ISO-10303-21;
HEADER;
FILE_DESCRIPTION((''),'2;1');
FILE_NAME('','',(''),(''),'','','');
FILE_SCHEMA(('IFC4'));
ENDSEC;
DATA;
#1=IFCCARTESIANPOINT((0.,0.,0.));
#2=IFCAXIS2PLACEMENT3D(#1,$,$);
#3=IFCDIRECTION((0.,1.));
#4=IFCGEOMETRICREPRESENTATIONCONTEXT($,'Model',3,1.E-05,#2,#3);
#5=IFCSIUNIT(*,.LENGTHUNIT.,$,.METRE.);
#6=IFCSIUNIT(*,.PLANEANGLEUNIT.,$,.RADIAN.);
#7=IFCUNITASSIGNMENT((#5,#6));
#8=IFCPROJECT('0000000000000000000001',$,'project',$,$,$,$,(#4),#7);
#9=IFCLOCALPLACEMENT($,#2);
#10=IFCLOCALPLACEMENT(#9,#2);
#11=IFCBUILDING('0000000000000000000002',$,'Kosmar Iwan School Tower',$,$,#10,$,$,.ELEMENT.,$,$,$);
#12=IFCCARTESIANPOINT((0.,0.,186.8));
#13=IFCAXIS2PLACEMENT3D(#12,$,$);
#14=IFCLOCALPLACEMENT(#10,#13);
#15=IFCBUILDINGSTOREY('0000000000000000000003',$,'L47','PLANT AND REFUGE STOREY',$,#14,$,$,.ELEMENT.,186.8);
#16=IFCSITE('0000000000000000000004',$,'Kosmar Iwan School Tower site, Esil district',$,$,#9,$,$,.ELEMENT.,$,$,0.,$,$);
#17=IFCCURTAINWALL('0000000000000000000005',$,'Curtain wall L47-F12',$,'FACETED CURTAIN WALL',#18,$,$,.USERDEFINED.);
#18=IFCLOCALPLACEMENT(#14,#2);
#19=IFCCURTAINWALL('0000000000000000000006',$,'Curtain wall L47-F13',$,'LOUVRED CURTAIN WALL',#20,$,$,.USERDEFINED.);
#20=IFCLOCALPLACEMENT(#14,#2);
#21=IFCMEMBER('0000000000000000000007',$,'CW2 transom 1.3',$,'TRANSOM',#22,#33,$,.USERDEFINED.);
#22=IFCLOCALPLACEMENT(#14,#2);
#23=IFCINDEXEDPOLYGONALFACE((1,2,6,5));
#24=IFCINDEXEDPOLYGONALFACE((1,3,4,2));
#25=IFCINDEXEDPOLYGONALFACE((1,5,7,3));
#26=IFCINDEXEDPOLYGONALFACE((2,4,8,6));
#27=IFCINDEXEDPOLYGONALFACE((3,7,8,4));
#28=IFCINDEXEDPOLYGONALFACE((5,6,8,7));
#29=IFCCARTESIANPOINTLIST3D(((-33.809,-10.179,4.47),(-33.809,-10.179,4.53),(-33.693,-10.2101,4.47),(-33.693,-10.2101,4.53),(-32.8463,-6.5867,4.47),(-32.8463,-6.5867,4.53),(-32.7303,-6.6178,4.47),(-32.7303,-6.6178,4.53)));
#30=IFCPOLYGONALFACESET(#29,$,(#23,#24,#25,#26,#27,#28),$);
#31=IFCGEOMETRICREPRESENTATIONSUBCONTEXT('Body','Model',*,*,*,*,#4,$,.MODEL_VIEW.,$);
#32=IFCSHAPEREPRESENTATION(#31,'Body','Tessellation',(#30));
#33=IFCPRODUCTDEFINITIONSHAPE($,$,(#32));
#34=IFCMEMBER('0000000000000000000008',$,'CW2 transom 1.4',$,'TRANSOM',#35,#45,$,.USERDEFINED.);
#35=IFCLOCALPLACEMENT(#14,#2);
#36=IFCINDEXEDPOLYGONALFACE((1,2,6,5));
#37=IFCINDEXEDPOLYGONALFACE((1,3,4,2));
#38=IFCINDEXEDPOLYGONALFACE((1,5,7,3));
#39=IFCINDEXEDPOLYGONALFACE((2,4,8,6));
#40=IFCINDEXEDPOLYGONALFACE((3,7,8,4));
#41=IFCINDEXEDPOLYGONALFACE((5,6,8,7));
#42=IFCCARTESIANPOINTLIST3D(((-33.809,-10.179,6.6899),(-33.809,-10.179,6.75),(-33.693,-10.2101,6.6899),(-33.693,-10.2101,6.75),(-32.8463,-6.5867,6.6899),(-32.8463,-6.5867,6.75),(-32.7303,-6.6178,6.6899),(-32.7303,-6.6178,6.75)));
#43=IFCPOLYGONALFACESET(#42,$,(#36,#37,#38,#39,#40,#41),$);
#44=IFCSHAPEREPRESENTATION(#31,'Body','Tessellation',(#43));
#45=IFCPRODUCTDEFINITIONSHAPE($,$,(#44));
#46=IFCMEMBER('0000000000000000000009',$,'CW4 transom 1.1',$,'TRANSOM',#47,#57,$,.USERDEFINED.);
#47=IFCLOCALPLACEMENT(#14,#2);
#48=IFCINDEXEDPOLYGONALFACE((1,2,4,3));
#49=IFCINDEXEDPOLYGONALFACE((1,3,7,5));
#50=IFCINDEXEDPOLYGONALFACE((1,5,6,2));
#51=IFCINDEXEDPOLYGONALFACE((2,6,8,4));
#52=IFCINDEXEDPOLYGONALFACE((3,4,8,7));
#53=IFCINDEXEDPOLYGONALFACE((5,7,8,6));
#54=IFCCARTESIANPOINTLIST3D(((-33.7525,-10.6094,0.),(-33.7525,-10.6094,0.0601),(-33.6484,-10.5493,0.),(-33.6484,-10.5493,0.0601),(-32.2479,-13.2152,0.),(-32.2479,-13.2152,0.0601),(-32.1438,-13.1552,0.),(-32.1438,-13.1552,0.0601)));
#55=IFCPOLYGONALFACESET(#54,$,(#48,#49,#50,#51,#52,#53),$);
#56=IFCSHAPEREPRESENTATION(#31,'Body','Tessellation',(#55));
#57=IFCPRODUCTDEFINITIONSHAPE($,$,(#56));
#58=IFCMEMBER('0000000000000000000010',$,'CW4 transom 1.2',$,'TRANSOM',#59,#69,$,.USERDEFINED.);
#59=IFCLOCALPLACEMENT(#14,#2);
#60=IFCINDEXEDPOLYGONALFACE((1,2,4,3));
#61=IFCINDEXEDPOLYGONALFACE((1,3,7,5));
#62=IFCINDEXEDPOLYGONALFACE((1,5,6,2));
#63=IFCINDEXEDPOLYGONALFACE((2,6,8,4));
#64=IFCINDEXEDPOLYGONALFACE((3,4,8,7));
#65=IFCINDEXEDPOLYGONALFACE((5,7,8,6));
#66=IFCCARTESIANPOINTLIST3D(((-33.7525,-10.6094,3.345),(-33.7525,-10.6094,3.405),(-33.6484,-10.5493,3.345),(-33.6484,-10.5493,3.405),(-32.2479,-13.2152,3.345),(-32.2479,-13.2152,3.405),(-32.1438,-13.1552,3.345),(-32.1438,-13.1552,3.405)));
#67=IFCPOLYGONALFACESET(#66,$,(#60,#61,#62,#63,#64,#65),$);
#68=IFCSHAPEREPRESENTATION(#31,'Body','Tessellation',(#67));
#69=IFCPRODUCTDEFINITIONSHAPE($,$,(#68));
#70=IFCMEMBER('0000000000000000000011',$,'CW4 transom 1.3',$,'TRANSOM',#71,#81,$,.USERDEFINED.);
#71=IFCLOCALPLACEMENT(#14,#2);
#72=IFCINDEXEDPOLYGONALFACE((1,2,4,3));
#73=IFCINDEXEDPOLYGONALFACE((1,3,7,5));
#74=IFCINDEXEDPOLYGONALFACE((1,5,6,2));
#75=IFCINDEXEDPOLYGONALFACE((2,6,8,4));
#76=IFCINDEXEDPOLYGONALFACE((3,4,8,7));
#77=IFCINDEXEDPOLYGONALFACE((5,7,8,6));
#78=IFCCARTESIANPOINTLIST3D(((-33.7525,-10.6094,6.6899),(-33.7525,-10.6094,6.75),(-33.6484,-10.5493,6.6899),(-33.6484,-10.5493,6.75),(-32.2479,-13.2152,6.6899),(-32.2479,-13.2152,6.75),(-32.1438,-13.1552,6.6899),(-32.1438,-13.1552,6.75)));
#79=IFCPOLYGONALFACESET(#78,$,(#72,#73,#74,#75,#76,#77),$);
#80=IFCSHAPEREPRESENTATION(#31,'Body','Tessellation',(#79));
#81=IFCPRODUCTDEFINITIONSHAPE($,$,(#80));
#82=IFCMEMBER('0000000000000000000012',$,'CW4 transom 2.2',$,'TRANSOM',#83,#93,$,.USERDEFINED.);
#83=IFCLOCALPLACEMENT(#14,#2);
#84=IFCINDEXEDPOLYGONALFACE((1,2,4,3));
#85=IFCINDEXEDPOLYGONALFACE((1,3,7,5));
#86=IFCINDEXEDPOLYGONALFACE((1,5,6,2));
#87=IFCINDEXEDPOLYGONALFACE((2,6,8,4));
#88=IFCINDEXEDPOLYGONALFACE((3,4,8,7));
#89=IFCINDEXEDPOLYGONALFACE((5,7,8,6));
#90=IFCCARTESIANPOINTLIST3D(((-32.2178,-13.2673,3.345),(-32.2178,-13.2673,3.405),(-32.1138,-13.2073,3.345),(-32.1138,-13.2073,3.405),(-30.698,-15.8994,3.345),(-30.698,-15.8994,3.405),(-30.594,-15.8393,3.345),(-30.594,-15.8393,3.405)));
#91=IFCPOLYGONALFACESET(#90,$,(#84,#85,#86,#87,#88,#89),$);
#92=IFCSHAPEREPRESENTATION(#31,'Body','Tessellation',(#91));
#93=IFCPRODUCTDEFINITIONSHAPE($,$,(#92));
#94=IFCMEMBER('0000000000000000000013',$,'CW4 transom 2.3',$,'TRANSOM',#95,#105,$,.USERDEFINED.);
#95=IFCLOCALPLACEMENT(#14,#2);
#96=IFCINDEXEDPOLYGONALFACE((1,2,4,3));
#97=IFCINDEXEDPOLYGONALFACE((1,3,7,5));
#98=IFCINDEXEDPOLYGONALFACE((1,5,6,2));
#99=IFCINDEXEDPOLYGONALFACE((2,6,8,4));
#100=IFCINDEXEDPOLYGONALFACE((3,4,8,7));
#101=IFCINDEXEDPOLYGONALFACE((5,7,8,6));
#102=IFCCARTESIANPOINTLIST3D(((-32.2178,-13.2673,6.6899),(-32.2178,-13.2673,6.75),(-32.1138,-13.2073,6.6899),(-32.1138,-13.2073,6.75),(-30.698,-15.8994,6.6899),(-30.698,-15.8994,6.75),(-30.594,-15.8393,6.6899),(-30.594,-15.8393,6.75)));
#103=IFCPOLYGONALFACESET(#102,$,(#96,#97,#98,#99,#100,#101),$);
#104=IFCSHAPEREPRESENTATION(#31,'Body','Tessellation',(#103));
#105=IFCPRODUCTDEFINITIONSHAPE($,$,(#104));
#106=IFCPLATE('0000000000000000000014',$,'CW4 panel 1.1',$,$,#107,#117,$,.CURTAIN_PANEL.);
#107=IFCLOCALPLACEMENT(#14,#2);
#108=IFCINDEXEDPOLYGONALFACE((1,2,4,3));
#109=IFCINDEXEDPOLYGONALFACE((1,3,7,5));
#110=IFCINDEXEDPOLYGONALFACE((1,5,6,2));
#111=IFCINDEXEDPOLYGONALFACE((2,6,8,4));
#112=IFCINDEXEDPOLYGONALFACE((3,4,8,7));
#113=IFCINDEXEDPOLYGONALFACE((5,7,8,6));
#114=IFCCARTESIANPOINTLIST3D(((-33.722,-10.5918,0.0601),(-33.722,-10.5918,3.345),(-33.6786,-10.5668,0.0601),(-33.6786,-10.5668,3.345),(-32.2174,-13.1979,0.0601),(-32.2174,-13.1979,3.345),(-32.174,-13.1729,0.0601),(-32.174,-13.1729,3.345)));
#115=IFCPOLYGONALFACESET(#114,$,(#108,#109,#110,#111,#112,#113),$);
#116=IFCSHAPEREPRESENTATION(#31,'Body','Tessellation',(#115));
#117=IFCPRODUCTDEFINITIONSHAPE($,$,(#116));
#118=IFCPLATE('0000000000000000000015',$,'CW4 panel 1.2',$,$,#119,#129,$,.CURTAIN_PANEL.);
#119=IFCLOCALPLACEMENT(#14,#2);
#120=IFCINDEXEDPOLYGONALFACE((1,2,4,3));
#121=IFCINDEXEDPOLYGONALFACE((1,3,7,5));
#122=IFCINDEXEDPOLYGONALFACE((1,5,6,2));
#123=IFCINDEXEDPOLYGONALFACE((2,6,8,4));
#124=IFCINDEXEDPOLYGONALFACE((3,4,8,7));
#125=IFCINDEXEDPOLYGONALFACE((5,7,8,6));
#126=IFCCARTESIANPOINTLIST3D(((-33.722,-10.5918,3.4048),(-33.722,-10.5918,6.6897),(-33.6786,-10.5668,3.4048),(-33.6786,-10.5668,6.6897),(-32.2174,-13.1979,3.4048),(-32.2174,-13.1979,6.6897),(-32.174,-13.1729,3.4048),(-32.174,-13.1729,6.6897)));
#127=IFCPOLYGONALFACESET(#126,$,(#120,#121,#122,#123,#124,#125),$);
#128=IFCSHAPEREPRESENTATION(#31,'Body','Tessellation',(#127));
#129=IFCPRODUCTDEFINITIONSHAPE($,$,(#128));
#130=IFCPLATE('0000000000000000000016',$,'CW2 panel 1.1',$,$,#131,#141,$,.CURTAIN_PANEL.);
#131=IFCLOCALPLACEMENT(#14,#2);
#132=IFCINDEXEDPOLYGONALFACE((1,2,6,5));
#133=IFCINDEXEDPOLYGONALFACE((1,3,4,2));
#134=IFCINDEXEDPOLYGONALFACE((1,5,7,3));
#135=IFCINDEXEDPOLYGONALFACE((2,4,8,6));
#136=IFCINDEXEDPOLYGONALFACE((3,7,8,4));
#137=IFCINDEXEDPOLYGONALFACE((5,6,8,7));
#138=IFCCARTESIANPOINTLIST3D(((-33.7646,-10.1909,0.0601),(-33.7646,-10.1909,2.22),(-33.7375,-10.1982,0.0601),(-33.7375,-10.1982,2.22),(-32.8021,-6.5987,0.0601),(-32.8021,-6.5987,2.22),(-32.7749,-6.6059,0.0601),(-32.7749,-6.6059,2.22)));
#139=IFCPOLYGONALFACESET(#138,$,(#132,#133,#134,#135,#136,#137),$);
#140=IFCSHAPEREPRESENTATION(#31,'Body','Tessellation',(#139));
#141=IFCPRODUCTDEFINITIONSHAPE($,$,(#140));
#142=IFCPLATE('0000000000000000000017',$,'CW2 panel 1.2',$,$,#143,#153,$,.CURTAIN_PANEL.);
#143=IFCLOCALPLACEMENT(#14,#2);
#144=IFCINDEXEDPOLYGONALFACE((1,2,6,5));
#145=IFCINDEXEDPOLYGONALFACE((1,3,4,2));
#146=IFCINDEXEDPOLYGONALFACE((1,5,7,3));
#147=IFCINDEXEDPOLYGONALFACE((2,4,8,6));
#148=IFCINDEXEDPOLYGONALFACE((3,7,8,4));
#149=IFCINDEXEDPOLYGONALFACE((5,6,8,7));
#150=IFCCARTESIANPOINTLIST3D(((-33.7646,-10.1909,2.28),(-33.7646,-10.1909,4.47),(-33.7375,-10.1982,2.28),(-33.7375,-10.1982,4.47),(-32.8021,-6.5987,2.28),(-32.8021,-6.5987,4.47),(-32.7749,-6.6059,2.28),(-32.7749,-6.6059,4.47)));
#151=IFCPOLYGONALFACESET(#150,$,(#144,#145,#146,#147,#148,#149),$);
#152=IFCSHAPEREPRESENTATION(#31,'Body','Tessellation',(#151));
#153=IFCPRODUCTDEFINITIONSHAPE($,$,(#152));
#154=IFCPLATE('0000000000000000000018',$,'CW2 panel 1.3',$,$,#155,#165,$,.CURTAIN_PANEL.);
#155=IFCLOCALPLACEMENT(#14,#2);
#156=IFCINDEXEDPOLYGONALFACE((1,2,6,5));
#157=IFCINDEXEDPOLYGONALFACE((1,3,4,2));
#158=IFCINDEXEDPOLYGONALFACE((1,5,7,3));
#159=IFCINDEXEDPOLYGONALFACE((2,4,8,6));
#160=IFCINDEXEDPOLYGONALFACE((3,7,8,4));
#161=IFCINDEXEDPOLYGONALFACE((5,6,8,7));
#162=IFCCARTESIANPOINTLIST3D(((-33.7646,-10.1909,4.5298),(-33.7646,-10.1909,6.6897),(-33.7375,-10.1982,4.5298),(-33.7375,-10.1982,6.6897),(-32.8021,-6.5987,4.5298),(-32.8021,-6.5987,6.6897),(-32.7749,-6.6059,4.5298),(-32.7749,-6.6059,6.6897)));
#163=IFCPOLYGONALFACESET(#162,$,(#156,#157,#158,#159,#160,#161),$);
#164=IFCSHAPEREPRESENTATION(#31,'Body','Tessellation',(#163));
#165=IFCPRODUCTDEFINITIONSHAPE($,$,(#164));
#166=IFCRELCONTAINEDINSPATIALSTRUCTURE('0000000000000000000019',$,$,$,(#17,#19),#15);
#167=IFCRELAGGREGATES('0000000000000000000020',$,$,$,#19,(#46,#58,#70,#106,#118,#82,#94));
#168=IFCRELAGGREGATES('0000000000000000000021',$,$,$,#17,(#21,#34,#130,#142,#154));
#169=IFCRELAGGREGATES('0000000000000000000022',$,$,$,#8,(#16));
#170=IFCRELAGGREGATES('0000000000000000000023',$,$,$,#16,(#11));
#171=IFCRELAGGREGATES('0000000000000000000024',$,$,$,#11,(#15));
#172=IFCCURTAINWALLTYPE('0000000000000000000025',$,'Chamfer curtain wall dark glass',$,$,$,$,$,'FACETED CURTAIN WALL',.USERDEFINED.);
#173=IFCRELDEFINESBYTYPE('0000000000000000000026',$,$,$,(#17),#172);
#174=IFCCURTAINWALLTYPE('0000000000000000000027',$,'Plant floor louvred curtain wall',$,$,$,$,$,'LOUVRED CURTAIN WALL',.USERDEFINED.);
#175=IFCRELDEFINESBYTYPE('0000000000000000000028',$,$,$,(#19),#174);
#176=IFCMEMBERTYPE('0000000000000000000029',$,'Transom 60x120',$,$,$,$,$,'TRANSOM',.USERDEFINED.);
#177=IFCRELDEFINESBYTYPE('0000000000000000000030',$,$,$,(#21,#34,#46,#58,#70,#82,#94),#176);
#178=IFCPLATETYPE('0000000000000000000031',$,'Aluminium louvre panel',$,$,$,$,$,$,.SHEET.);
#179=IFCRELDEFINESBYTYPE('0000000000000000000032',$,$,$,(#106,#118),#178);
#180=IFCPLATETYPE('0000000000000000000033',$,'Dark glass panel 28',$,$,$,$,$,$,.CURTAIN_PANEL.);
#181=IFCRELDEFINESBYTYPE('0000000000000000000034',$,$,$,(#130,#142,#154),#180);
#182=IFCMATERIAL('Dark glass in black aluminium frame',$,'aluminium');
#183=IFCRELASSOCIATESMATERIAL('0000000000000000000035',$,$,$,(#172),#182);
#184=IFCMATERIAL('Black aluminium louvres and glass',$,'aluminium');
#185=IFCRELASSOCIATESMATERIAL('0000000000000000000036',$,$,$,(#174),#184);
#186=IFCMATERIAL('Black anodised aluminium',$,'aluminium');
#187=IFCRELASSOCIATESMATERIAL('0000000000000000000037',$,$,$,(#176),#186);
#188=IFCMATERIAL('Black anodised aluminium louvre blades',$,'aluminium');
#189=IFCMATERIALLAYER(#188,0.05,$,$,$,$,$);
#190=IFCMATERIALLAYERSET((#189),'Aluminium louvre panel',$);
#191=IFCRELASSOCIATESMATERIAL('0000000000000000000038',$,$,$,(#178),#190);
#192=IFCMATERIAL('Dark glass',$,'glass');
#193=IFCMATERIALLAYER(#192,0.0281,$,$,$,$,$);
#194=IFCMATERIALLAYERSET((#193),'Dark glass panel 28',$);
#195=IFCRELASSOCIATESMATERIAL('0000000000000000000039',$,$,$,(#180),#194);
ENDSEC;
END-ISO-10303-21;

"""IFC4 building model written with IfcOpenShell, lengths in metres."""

from ifc_helpers import new_model, si_unit, direction, frame, origin, origin_2d, place, context, subcontext, project, spatial, rectangle, extrude, material, layer, layer_set, material_profile, profile_set, type_object, element, aggregate, save


model = new_model("IFC4")

# Units and contexts
model_context = context("Model", 3, precision=1e-05, world=origin(), true_north=direction((0.0, 1.0)))
body_context = subcontext(model_context, "Body", "Model", "MODEL_VIEW")
ifc_project = project(units=[si_unit("LENGTHUNIT", "METRE"), si_unit("PLANEANGLEUNIT", "RADIAN")], contexts=[model_context])

# Site, building, storey
site_placement = place(None, origin())
site = spatial("IfcSite", under=ifc_project, at=site_placement, Name="Kosmar Iwan School Tower site, Esil district", CompositionType="ELEMENT", RefElevation=0.0)
building_placement = place(site_placement, origin())
building = spatial("IfcBuilding", under=site, at=building_placement, Name="Kosmar Iwan School Tower", CompositionType="ELEMENT")
storey_placement = place(building_placement, frame((0.0, 0.0, 186.8)))
storey = spatial("IfcBuildingStorey", under=building, at=storey_placement, Name="L47", Description="PLANT AND REFUGE STOREY", CompositionType="ELEMENT", Elevation=186.8)

# Curtain walls
ifc_material_1 = material(Name="Dark glass in black aluminium frame", Category="aluminium")
curtain_wall_type_1 = type_object("IfcCurtainWallType", Name="Chamfer curtain wall dark glass", ElementType="FACETED CURTAIN WALL", PredefinedType="USERDEFINED", material=ifc_material_1)
curtain_wall_1_placement = place(storey_placement, origin())
curtain_wall_1 = element("IfcCurtainWall", 1, at=curtain_wall_1_placement, inside=storey, type_object=curtain_wall_type_1, Name="Curtain wall L47-F12", ObjectType="FACETED CURTAIN WALL", PredefinedType="USERDEFINED")
ifc_material_2 = material(Name="Black aluminium louvres and glass", Category="aluminium")
curtain_wall_type_2 = type_object("IfcCurtainWallType", Name="Plant floor louvred curtain wall", ElementType="LOUVRED CURTAIN WALL", PredefinedType="USERDEFINED", material=ifc_material_2)
curtain_wall_2_placement = place(storey_placement, origin())
curtain_wall_2 = element("IfcCurtainWall", 2, at=curtain_wall_2_placement, inside=storey, type_object=curtain_wall_type_2, Name="Curtain wall L47-F13", ObjectType="LOUVRED CURTAIN WALL", PredefinedType="USERDEFINED")

# Members
ifc_material_3 = material(Name="Black anodised aluminium", Category="aluminium")
ifc_material_profile_1 = material_profile(ifc_material_3, rectangle(XDim=0.1201, YDim=0.0601, at=origin_2d()), Name="TRANSOM 60x120")
ifc_profile_set_1 = profile_set([ifc_material_profile_1], Name="Black anodised aluminium")
member_type_1 = type_object("IfcMemberType", Name="Transom 60x120", ElementType="TRANSOM", PredefinedType="USERDEFINED", material=ifc_profile_set_1)
member_1_placement = place(storey_placement, frame((-32.7883, -6.6023, 4.5), z_axis=(-0.258843, -0.965919, 0.0), x_axis=(0.965919, -0.258843, 0.0)))
member_1 = element("IfcMember", 3, at=member_1_placement, type_object=member_type_1, Name="CW2 transom 1.3", ObjectType="TRANSOM", PredefinedType="USERDEFINED", context=body_context, shape_type="SweptSolid", body=[
    extrude(rectangle(XDim=0.1201, YDim=0.0601, at=origin_2d()), origin(), (0.0, 0.0, 1.0), 3.719),
])
member_2_placement = place(storey_placement, frame((-32.7883, -6.6023, 6.72), z_axis=(-0.258843, -0.965919, 0.0), x_axis=(0.965919, -0.258843, 0.0)))
member_2 = element("IfcMember", 4, at=member_2_placement, type_object=member_type_1, Name="CW2 transom 1.4", ObjectType="TRANSOM", PredefinedType="USERDEFINED", context=body_context, shape_type="SweptSolid", body=[
    extrude(rectangle(XDim=0.1201, YDim=0.0601, at=origin_2d()), origin(), (0.0, 0.0, 1.0), 3.719),
])
member_3_placement = place(storey_placement, frame((-33.7004, -10.5793, 0.03), z_axis=(0.500022, -0.866013, 0.0), x_axis=(0.866013, 0.500022, 0.0)))
member_3 = element("IfcMember", 5, at=member_3_placement, type_object=member_type_1, Name="CW4 transom 1.1", ObjectType="TRANSOM", PredefinedType="USERDEFINED", context=body_context, shape_type="SweptSolid", body=[
    extrude(rectangle(XDim=0.1201, YDim=0.0601, at=origin_2d()), origin(), (0.0, 0.0, 1.0), 3.009),
])
member_4_placement = place(storey_placement, frame((-33.7004, -10.5793, 3.375), z_axis=(0.500022, -0.866013, 0.0), x_axis=(0.866013, 0.500022, 0.0)))
member_4 = element("IfcMember", 6, at=member_4_placement, type_object=member_type_1, Name="CW4 transom 1.2", ObjectType="TRANSOM", PredefinedType="USERDEFINED", context=body_context, shape_type="SweptSolid", body=[
    extrude(rectangle(XDim=0.1201, YDim=0.0601, at=origin_2d()), origin(), (0.0, 0.0, 1.0), 3.009),
])
member_5_placement = place(storey_placement, frame((-33.7004, -10.5793, 6.72), z_axis=(0.500022, -0.866013, 0.0), x_axis=(0.866013, 0.500022, 0.0)))
member_5 = element("IfcMember", 7, at=member_5_placement, type_object=member_type_1, Name="CW4 transom 1.3", ObjectType="TRANSOM", PredefinedType="USERDEFINED", context=body_context, shape_type="SweptSolid", body=[
    extrude(rectangle(XDim=0.1201, YDim=0.0601, at=origin_2d()), origin(), (0.0, 0.0, 1.0), 3.009),
])
member_6_placement = place(storey_placement, frame((-32.1658, -13.2373, 3.375), z_axis=(0.500035, -0.866005, 0.0), x_axis=(0.866005, 0.500035, 0.0)))
member_6 = element("IfcMember", 8, at=member_6_placement, type_object=member_type_1, Name="CW4 transom 2.2", ObjectType="TRANSOM", PredefinedType="USERDEFINED", context=body_context, shape_type="SweptSolid", body=[
    extrude(rectangle(XDim=0.1201, YDim=0.0601, at=origin_2d()), origin(), (0.0, 0.0, 1.0), 3.0393),
])
member_7_placement = place(storey_placement, frame((-32.1658, -13.2373, 6.72), z_axis=(0.500035, -0.866005, 0.0), x_axis=(0.866005, 0.500035, 0.0)))
member_7 = element("IfcMember", 9, at=member_7_placement, type_object=member_type_1, Name="CW4 transom 2.3", ObjectType="TRANSOM", PredefinedType="USERDEFINED", context=body_context, shape_type="SweptSolid", body=[
    extrude(rectangle(XDim=0.1201, YDim=0.0601, at=origin_2d()), origin(), (0.0, 0.0, 1.0), 3.0393),
])

# Plates
ifc_material_4 = material(Name="Black anodised aluminium louvre blades", Category="aluminium")
ifc_layer_1 = layer(ifc_material_4, 0.05)
ifc_layer_set_1 = layer_set([ifc_layer_1], Name="Aluminium louvre panel")
plate_type_1 = type_object("IfcPlateType", Name="Aluminium louvre panel", PredefinedType="SHEET", material=ifc_layer_set_1)
plate_1_placement = place(storey_placement, frame((-32.948, -11.8823, 0.0601), z_axis=(0.0, 0.0, 1.0), x_axis=(0.5, -0.866025, 0.0)))
plate_1 = element("IfcPlate", 10, at=plate_1_placement, type_object=plate_type_1, Name="CW4 panel 1.1", PredefinedType="CURTAIN_PANEL", context=body_context, shape_type="SweptSolid", body=[
    extrude(rectangle(XDim=3.0093, YDim=0.05, at=origin_2d()), origin(), (0.0, 0.0, 1.0), 3.2849),
])
plate_2_placement = place(storey_placement, frame((-32.948, -11.8823, 3.4048), z_axis=(0.0, 0.0, 1.0), x_axis=(0.5, -0.866025, 0.0)))
plate_2 = element("IfcPlate", 11, at=plate_2_placement, type_object=plate_type_1, Name="CW4 panel 1.2", PredefinedType="CURTAIN_PANEL", context=body_context, shape_type="SweptSolid", body=[
    extrude(rectangle(XDim=3.0093, YDim=0.05, at=origin_2d()), origin(), (0.0, 0.0, 1.0), 3.2849),
])
aggregate(curtain_wall_2, [member_3, member_4, member_5, plate_1, plate_2, member_6, member_7])
ifc_material_5 = material(Name="Dark glass", Category="glass")
ifc_layer_2 = layer(ifc_material_5, 0.0281)
ifc_layer_set_2 = layer_set([ifc_layer_2], Name="Dark glass panel 28")
plate_type_2 = type_object("IfcPlateType", Name="Dark glass panel 28", PredefinedType="CURTAIN_PANEL", material=ifc_layer_set_2)
plate_3_placement = place(storey_placement, frame((-33.2698, -8.3984, 0.0601), z_axis=(0.0, 0.0, 1.0), x_axis=(-0.258819, -0.965926, 0.0)))
plate_3 = element("IfcPlate", 12, at=plate_3_placement, type_object=plate_type_2, Name="CW2 panel 1.1", PredefinedType="CURTAIN_PANEL", context=body_context, shape_type="SweptSolid", body=[
    extrude(rectangle(XDim=3.719, YDim=0.0281, at=origin_2d()), origin(), (0.0, 0.0, 1.0), 2.1599),
])
plate_4_placement = place(storey_placement, frame((-33.2698, -8.3984, 2.28), z_axis=(0.0, 0.0, 1.0), x_axis=(-0.258819, -0.965926, 0.0)))
plate_4 = element("IfcPlate", 13, at=plate_4_placement, type_object=plate_type_2, Name="CW2 panel 1.2", PredefinedType="CURTAIN_PANEL", context=body_context, shape_type="SweptSolid", body=[
    extrude(rectangle(XDim=3.719, YDim=0.0281, at=origin_2d()), origin(), (0.0, 0.0, 1.0), 2.1899),
])
plate_5_placement = place(storey_placement, frame((-33.2698, -8.3984, 4.5298), z_axis=(0.0, 0.0, 1.0), x_axis=(-0.258819, -0.965926, 0.0)))
plate_5 = element("IfcPlate", 14, at=plate_5_placement, type_object=plate_type_2, Name="CW2 panel 1.3", PredefinedType="CURTAIN_PANEL", context=body_context, shape_type="SweptSolid", body=[
    extrude(rectangle(XDim=3.719, YDim=0.0281, at=origin_2d()), origin(), (0.0, 0.0, 1.0), 2.1599),
])
aggregate(curtain_wall_1, [member_1, member_2, plate_3, plate_4, plate_5])

save(model, "model.ifc")
